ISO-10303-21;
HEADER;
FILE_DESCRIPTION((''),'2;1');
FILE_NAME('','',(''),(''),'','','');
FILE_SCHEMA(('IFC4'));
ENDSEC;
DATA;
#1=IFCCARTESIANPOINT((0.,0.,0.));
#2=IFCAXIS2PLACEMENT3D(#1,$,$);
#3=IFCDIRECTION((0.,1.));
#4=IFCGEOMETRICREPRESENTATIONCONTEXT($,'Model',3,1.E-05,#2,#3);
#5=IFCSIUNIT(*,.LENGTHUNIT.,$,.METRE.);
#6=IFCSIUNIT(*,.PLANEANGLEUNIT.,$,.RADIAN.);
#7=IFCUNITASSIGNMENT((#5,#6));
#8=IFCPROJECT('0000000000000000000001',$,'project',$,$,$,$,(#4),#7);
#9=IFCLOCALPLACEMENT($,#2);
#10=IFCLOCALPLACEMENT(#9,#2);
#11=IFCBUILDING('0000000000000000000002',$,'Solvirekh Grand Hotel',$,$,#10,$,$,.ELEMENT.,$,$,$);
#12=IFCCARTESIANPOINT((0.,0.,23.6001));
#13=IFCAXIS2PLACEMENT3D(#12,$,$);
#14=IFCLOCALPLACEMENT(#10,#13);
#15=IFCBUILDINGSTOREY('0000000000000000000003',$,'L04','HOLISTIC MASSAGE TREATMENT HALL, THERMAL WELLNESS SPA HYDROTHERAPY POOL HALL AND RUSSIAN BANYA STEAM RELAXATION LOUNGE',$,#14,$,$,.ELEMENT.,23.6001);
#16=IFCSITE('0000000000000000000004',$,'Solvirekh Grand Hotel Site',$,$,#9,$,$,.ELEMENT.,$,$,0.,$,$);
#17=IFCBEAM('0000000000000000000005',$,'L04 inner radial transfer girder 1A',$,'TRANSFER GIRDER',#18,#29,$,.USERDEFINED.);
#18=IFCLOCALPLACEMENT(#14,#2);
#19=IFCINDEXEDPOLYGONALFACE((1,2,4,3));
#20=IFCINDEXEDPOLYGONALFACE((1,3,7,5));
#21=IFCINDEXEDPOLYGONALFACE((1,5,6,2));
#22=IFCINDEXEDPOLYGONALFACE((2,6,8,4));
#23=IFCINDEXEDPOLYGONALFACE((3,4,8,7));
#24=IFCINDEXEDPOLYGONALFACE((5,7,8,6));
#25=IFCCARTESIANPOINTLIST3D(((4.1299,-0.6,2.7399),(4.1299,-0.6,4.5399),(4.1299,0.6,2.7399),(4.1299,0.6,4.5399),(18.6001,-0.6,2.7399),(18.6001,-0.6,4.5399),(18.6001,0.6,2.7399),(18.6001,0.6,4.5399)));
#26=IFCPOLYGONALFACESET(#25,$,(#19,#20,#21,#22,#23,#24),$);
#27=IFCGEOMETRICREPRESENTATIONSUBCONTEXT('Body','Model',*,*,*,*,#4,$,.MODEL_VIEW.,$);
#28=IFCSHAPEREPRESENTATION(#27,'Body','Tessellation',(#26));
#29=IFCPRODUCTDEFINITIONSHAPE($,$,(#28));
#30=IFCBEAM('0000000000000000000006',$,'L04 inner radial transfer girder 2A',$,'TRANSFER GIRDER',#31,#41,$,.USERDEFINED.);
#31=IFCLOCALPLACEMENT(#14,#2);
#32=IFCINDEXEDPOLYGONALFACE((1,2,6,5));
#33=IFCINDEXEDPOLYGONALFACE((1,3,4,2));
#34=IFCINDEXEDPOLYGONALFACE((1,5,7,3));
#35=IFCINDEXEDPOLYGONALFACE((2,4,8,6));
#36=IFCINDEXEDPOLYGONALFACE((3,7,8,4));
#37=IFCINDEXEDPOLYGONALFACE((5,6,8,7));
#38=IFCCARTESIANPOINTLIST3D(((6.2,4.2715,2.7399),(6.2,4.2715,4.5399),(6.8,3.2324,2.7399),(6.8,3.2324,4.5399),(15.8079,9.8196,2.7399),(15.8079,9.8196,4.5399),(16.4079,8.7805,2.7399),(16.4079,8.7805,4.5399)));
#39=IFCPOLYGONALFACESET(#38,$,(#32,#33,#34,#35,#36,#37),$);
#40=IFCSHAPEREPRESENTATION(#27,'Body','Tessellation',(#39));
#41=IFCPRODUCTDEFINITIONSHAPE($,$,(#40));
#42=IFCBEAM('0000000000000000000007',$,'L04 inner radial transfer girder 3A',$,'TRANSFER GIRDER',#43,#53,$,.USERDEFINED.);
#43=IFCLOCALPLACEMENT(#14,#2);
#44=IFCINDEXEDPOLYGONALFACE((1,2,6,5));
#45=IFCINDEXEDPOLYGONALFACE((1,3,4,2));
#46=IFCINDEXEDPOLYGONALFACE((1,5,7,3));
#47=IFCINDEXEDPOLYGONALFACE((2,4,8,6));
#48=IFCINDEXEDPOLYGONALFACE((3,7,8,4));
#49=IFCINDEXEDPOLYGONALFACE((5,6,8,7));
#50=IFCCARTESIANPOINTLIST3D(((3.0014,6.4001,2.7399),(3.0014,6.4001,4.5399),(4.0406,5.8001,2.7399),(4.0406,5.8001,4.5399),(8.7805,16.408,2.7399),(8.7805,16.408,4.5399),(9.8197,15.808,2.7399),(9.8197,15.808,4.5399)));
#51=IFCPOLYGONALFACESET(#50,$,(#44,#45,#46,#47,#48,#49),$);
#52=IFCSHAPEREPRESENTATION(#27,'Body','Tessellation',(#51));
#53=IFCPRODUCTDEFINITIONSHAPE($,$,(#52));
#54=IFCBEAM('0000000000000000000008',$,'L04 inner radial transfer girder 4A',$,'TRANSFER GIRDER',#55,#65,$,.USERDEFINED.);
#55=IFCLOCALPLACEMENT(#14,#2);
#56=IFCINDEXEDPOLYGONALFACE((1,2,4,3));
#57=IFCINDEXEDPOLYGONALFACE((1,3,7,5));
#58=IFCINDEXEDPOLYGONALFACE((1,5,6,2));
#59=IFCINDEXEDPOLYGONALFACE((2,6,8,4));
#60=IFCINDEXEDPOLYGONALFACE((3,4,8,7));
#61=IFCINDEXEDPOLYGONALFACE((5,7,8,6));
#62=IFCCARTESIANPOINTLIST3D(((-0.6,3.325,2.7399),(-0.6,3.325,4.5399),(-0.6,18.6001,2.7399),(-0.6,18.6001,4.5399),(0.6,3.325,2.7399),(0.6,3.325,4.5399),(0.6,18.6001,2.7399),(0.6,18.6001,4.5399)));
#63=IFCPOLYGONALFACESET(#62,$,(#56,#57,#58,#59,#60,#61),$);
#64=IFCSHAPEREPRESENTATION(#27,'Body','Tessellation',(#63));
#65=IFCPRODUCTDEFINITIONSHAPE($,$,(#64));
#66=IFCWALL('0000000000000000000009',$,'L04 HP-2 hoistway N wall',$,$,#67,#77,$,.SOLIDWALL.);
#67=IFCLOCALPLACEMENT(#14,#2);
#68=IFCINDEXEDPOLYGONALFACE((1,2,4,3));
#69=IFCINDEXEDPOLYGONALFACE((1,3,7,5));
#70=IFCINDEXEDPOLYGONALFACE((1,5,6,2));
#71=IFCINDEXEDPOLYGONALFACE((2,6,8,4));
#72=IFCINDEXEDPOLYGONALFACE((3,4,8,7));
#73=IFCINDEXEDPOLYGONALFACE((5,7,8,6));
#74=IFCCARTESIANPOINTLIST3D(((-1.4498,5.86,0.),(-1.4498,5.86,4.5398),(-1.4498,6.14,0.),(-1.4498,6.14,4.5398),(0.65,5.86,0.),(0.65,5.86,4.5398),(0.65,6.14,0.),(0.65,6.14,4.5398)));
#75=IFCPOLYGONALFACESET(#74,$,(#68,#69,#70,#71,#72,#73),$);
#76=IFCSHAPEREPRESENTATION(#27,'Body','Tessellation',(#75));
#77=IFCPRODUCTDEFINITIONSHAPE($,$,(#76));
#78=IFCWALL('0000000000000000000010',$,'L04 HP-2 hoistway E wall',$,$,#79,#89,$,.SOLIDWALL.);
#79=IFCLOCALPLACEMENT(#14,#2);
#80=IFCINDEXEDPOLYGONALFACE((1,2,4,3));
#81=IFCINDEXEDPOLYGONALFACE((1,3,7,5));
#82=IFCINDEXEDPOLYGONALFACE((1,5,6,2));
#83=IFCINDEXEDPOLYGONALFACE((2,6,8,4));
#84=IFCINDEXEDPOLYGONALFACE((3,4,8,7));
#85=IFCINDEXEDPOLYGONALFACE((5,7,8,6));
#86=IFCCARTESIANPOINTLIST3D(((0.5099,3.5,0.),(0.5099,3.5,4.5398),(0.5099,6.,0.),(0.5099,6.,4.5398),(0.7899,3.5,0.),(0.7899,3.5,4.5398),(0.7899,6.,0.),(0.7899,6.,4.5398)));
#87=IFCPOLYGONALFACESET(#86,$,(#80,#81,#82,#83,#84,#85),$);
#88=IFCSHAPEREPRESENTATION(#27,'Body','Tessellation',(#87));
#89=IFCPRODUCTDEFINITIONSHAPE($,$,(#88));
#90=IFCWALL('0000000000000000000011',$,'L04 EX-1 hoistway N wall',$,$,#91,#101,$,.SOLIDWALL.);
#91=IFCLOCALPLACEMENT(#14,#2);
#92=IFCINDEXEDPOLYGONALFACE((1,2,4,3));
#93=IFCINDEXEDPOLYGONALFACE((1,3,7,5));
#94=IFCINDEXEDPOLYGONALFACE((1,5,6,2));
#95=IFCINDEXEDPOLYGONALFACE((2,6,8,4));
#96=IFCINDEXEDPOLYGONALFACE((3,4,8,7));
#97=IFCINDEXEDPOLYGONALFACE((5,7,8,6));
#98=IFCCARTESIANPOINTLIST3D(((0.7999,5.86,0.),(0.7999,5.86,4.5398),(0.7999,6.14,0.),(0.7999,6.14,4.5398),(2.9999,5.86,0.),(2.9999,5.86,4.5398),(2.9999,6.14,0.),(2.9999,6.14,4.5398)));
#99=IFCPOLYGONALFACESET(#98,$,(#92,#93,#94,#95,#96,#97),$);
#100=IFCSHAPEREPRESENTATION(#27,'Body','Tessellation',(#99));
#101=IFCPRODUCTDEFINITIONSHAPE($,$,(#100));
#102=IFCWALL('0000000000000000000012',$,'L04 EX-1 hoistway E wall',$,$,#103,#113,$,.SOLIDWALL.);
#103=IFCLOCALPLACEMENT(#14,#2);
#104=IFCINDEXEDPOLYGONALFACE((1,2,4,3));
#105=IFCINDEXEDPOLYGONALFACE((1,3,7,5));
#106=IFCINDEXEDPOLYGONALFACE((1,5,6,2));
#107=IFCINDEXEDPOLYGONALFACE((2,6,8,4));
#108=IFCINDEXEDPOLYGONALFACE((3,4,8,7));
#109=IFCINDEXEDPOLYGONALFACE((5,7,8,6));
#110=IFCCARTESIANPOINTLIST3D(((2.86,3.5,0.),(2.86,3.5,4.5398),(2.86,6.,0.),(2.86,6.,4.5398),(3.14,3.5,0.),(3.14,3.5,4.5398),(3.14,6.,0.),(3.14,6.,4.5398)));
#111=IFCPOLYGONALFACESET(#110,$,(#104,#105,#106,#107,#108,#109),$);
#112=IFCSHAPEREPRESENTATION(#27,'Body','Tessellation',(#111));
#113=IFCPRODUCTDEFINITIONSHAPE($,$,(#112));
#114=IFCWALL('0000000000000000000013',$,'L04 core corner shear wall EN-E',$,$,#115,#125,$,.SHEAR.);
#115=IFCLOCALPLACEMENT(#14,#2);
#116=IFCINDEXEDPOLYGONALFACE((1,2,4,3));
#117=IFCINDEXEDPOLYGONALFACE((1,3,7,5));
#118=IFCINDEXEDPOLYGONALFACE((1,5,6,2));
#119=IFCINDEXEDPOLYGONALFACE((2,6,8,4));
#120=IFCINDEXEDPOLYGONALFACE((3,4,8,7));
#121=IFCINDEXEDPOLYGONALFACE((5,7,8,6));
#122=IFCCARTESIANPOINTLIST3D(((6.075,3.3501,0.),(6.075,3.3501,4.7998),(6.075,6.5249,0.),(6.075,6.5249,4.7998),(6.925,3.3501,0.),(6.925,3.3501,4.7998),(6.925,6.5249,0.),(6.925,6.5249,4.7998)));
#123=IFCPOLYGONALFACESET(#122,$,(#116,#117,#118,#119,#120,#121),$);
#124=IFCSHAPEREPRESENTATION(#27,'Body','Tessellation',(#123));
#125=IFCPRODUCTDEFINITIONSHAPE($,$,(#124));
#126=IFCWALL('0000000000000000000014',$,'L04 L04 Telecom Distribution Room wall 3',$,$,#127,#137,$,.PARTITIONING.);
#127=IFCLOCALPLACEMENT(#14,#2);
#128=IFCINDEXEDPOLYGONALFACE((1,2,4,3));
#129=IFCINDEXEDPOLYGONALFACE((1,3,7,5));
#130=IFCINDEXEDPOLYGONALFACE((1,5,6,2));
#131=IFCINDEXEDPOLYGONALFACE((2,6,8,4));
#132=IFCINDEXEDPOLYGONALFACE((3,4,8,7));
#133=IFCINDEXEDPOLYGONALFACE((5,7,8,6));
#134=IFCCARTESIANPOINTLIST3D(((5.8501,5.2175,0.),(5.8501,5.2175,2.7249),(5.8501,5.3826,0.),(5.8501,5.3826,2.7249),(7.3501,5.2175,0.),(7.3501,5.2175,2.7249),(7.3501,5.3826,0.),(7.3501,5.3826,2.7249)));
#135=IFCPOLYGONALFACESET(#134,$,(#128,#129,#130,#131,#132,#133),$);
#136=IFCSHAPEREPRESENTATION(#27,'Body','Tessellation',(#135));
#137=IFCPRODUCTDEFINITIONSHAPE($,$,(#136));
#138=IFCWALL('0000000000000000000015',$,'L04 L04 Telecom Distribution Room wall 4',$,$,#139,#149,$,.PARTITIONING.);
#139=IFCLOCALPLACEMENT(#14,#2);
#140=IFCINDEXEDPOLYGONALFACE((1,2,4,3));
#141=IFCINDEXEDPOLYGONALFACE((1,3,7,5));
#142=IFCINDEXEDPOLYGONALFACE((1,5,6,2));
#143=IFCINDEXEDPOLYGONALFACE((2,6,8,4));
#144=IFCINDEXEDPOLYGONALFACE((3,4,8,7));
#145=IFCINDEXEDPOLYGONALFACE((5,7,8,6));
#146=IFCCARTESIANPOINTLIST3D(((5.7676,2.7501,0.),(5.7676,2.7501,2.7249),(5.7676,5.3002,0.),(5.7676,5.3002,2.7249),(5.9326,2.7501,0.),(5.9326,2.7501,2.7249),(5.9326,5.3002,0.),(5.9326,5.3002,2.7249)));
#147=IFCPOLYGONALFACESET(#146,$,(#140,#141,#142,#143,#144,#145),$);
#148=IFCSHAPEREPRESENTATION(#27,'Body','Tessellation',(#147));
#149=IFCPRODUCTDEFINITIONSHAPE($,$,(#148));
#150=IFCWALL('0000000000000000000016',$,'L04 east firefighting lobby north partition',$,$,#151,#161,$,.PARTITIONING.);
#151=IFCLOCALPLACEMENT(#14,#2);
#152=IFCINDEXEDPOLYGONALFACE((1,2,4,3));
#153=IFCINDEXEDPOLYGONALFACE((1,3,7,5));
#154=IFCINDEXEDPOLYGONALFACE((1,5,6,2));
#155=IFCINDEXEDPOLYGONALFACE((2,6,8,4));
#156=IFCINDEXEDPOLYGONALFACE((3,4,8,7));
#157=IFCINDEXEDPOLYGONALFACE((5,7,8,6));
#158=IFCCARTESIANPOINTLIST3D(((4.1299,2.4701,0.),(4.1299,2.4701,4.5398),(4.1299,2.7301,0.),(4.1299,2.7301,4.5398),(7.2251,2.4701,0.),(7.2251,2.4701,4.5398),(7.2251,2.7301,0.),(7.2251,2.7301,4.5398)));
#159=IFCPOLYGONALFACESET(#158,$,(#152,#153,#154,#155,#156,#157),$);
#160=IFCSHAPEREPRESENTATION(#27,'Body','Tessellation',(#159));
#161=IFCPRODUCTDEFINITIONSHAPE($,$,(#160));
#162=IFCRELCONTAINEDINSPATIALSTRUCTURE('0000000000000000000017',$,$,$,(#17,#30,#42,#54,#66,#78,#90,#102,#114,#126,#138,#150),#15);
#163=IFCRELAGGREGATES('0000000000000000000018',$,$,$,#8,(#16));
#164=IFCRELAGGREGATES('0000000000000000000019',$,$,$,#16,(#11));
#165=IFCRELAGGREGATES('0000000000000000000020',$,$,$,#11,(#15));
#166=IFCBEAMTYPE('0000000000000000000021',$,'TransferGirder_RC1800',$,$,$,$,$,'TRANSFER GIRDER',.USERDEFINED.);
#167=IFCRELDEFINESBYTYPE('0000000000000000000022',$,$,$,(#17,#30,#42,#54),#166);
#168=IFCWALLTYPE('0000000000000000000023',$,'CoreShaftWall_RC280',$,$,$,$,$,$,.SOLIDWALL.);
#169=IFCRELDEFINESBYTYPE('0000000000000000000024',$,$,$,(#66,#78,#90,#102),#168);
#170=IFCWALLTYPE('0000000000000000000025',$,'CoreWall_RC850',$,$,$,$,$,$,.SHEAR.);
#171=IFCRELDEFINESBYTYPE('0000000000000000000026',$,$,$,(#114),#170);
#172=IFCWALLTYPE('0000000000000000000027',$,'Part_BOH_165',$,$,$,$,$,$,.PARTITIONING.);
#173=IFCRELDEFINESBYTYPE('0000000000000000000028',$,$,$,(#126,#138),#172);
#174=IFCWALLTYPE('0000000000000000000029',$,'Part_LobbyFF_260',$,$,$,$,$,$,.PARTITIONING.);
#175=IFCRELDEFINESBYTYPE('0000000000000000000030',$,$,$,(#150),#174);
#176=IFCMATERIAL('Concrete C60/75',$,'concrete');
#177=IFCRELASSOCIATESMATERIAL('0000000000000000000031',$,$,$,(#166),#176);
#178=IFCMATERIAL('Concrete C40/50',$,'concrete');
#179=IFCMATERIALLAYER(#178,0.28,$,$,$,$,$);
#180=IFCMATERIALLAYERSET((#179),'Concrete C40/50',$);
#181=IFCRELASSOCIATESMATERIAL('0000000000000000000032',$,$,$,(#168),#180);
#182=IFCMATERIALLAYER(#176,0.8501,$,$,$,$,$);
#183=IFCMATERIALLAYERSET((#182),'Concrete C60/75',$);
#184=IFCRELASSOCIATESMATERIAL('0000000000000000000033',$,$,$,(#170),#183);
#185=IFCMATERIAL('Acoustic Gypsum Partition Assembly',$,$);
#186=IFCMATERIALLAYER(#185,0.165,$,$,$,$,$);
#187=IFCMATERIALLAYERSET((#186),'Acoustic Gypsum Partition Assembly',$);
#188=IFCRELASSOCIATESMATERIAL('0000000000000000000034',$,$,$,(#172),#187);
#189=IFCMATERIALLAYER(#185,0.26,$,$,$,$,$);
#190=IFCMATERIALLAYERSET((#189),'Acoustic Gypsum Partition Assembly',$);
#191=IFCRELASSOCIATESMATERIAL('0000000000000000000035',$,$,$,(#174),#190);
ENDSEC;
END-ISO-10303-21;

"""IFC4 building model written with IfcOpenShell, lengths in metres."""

from ifc_helpers import new_model, si_unit, direction, frame, frame_2d, origin, origin_2d, place, context, subcontext, project, spatial, rectangle, extrude, material, layer, layer_set, material_profile, profile_set, type_object, element, save


model = new_model("IFC4")

# Units and contexts
model_context = context("Model", 3, precision=1e-05, world=origin(), true_north=direction((0.0, 1.0)))
body_context = subcontext(model_context, "Body", "Model", "MODEL_VIEW")
ifc_project = project(units=[si_unit("LENGTHUNIT", "METRE"), si_unit("PLANEANGLEUNIT", "RADIAN")], contexts=[model_context])

# Site, building, storey
site_placement = place(None, origin())
site = spatial("IfcSite", under=ifc_project, at=site_placement, Name="Solvirekh Grand Hotel Site", CompositionType="ELEMENT", RefElevation=0.0)
building_placement = place(site_placement, origin())
building = spatial("IfcBuilding", under=site, at=building_placement, Name="Solvirekh Grand Hotel", CompositionType="ELEMENT")
storey_placement = place(building_placement, frame((0.0, 0.0, 23.6001)))
storey = spatial("IfcBuildingStorey", under=building, at=storey_placement, Name="L04", Description="HOLISTIC MASSAGE TREATMENT HALL, THERMAL WELLNESS SPA HYDROTHERAPY POOL HALL AND RUSSIAN BANYA STEAM RELAXATION LOUNGE", CompositionType="ELEMENT", Elevation=23.6001)

# Beams
ifc_material_1 = material(Name="Concrete C60/75", Category="concrete")
ifc_material_profile = material_profile(ifc_material_1, rectangle(XDim=1.2, YDim=1.8, at=origin_2d()), Name="RC GIRDER 1200X1800")
ifc_profile_set = profile_set([ifc_material_profile], Name="Concrete C60/75")
beam_type = type_object("IfcBeamType", Name="TransferGirder_RC1800", ElementType="TRANSFER GIRDER", PredefinedType="USERDEFINED", material=ifc_profile_set)
beam_1_placement = place(storey_placement, frame((4.1299, 0.0, 3.6399), z_axis=(1.0, 0.0, 0.0), x_axis=(0.0, 1.0, 0.0)))
element("IfcBeam", 1, at=beam_1_placement, inside=storey, type_object=beam_type, Name="L04 inner radial transfer girder 1A", ObjectType="TRANSFER GIRDER", PredefinedType="USERDEFINED", context=body_context, shape_type="SweptSolid", body=[
    extrude(rectangle(XDim=1.2, YDim=1.8, at=origin_2d()), origin(), (0.0, 0.0, 1.0), 14.4702),
])
beam_2_placement = place(storey_placement, frame((6.5, 3.752, 3.6399), z_axis=(0.865988, 0.500065, 0.0), x_axis=(-0.500065, 0.865988, 0.0)))
element("IfcBeam", 2, at=beam_2_placement, inside=storey, type_object=beam_type, Name="L04 inner radial transfer girder 2A", ObjectType="TRANSFER GIRDER", PredefinedType="USERDEFINED", context=body_context, shape_type="SweptSolid", body=[
    extrude(rectangle(XDim=1.2, YDim=1.8, at=origin_2d()), origin(), (0.0, 0.0, 1.0), 11.0947),
])
beam_3_placement = place(storey_placement, frame((3.521, 6.1001, 3.6399), z_axis=(0.500067, 0.865986, 0.0), x_axis=(-0.865986, 0.500067, 0.0)))
element("IfcBeam", 3, at=beam_3_placement, inside=storey, type_object=beam_type, Name="L04 inner radial transfer girder 3A", ObjectType="TRANSFER GIRDER", PredefinedType="USERDEFINED", context=body_context, shape_type="SweptSolid", body=[
    extrude(rectangle(XDim=1.2, YDim=1.8, at=origin_2d()), origin(), (0.0, 0.0, 1.0), 11.5566),
])
beam_4_placement = place(storey_placement, frame((0.0, 3.325, 3.6399), z_axis=(0.0, 1.0, 0.0), x_axis=(-1.0, 0.0, 0.0)))
element("IfcBeam", 4, at=beam_4_placement, inside=storey, type_object=beam_type, Name="L04 inner radial transfer girder 4A", ObjectType="TRANSFER GIRDER", PredefinedType="USERDEFINED", context=body_context, shape_type="SweptSolid", body=[
    extrude(rectangle(XDim=1.2, YDim=1.8, at=origin_2d()), origin(), (0.0, 0.0, 1.0), 15.2751),
])

# Walls
ifc_material_2 = material(Name="Concrete C40/50", Category="concrete")
ifc_layer_1 = layer(ifc_material_2, 0.28)
ifc_layer_set_1 = layer_set([ifc_layer_1], Name="Concrete C40/50")
wall_type_1 = type_object("IfcWallType", Name="CoreShaftWall_RC280", PredefinedType="SOLIDWALL", material=ifc_layer_set_1)
wall_1_placement = place(storey_placement, frame((0.6499, 6.0, 0.0), z_axis=(0.0, 0.0, 1.0), x_axis=(-1.0, 0.0, 0.0)))
element("IfcWall", 5, at=wall_1_placement, inside=storey, type_object=wall_type_1, Name="L04 HP-2 hoistway N wall", PredefinedType="SOLIDWALL", context=body_context, shape_type="SweptSolid", body=[
    extrude(rectangle(XDim=2.0999, YDim=0.28, at=frame_2d((1.0498, 0.0))), origin(), (0.0, 0.0, 1.0), 4.5398),
])
wall_2_placement = place(storey_placement, frame((0.6499, 3.5, 0.0), z_axis=(0.0, 0.0, 1.0), x_axis=(0.0, 1.0, 0.0)))
element("IfcWall", 6, at=wall_2_placement, inside=storey, type_object=wall_type_1, Name="L04 HP-2 hoistway E wall", PredefinedType="SOLIDWALL", context=body_context, shape_type="SweptSolid", body=[
    extrude(rectangle(XDim=2.5, YDim=0.28, at=frame_2d((1.25, 0.0))), origin(), (0.0, 0.0, 1.0), 4.5398),
])
wall_3_placement = place(storey_placement, frame((3.0, 6.0, 0.0), z_axis=(0.0, 0.0, 1.0), x_axis=(-1.0, 0.0, 0.0)))
element("IfcWall", 7, at=wall_3_placement, inside=storey, type_object=wall_type_1, Name="L04 EX-1 hoistway N wall", PredefinedType="SOLIDWALL", context=body_context, shape_type="SweptSolid", body=[
    extrude(rectangle(XDim=2.2, YDim=0.28, at=frame_2d((1.1001, 0.0))), origin(), (0.0, 0.0, 1.0), 4.5398),
])
wall_4_placement = place(storey_placement, frame((3.0, 3.5, 0.0), z_axis=(0.0, 0.0, 1.0), x_axis=(0.0, 1.0, 0.0)))
element("IfcWall", 8, at=wall_4_placement, inside=storey, type_object=wall_type_1, Name="L04 EX-1 hoistway E wall", PredefinedType="SOLIDWALL", context=body_context, shape_type="SweptSolid", body=[
    extrude(rectangle(XDim=2.5, YDim=0.28, at=frame_2d((1.25, 0.0))), origin(), (0.0, 0.0, 1.0), 4.5398),
])
ifc_layer_2 = layer(ifc_material_1, 0.8501)
ifc_layer_set_2 = layer_set([ifc_layer_2], Name="Concrete C60/75")
wall_type_2 = type_object("IfcWallType", Name="CoreWall_RC850", PredefinedType="SHEAR", material=ifc_layer_set_2)
wall_5_placement = place(storey_placement, frame((6.5, 3.3501, 0.0), z_axis=(0.0, 0.0, 1.0), x_axis=(0.0, 1.0, 0.0)))
element("IfcWall", 9, at=wall_5_placement, inside=storey, type_object=wall_type_2, Name="L04 core corner shear wall EN-E", PredefinedType="SHEAR", context=body_context, shape_type="SweptSolid", body=[
    extrude(rectangle(XDim=3.1748, YDim=0.8501, at=frame_2d((1.5874, 0.0))), origin(), (0.0, 0.0, 1.0), 4.7998),
])

# Shared definitions
ifc_material_3 = material(Name="Acoustic Gypsum Partition Assembly")
ifc_layer_3 = layer(ifc_material_3, 0.165)
ifc_layer_set_3 = layer_set([ifc_layer_3], Name="Acoustic Gypsum Partition Assembly")
wall_type_3 = type_object("IfcWallType", Name="Part_BOH_165", PredefinedType="PARTITIONING", material=ifc_layer_set_3)

# Walls
wall_6_placement = place(storey_placement, frame((7.3501, 5.3, 0.0), z_axis=(0.0, 0.0, 1.0), x_axis=(-1.0, 0.0, 0.0)))
element("IfcWall", 10, at=wall_6_placement, inside=storey, type_object=wall_type_3, Name="L04 L04 Telecom Distribution Room wall 3", PredefinedType="PARTITIONING", context=body_context, shape_type="SweptSolid", body=[
    extrude(rectangle(XDim=1.5, YDim=0.165, at=frame_2d((0.75, 0.0))), origin(), (0.0, 0.0, 1.0), 2.7249),
])
wall_7_placement = place(storey_placement, frame((5.8501, 5.3, 0.0), z_axis=(0.0, 0.0, 1.0), x_axis=(0.0, -1.0, 0.0)))
element("IfcWall", 11, at=wall_7_placement, inside=storey, type_object=wall_type_3, Name="L04 L04 Telecom Distribution Room wall 4", PredefinedType="PARTITIONING", context=body_context, shape_type="SweptSolid", body=[
    extrude(rectangle(XDim=2.55, YDim=0.165, at=frame_2d((1.2749, 0.0))), origin(), (0.0, 0.0, 1.0), 2.7249),
])
ifc_layer_4 = layer(ifc_material_3, 0.26)
ifc_layer_set_4 = layer_set([ifc_layer_4], Name="Acoustic Gypsum Partition Assembly")
wall_type_4 = type_object("IfcWallType", Name="Part_LobbyFF_260", PredefinedType="PARTITIONING", material=ifc_layer_set_4)
wall_8_placement = place(storey_placement, frame((4.1299, 2.6001, 0.0), z_axis=(0.0, 0.0, 1.0), x_axis=(1.0, 0.0, 0.0)))
element("IfcWall", 12, at=wall_8_placement, inside=storey, type_object=wall_type_4, Name="L04 east firefighting lobby north partition", PredefinedType="PARTITIONING", context=body_context, shape_type="SweptSolid", body=[
    extrude(rectangle(XDim=3.0952, YDim=0.26, at=frame_2d((1.5476, 0.0))), origin(), (0.0, 0.0, 1.0), 4.5398),
])

save(model, "model.ifc")
